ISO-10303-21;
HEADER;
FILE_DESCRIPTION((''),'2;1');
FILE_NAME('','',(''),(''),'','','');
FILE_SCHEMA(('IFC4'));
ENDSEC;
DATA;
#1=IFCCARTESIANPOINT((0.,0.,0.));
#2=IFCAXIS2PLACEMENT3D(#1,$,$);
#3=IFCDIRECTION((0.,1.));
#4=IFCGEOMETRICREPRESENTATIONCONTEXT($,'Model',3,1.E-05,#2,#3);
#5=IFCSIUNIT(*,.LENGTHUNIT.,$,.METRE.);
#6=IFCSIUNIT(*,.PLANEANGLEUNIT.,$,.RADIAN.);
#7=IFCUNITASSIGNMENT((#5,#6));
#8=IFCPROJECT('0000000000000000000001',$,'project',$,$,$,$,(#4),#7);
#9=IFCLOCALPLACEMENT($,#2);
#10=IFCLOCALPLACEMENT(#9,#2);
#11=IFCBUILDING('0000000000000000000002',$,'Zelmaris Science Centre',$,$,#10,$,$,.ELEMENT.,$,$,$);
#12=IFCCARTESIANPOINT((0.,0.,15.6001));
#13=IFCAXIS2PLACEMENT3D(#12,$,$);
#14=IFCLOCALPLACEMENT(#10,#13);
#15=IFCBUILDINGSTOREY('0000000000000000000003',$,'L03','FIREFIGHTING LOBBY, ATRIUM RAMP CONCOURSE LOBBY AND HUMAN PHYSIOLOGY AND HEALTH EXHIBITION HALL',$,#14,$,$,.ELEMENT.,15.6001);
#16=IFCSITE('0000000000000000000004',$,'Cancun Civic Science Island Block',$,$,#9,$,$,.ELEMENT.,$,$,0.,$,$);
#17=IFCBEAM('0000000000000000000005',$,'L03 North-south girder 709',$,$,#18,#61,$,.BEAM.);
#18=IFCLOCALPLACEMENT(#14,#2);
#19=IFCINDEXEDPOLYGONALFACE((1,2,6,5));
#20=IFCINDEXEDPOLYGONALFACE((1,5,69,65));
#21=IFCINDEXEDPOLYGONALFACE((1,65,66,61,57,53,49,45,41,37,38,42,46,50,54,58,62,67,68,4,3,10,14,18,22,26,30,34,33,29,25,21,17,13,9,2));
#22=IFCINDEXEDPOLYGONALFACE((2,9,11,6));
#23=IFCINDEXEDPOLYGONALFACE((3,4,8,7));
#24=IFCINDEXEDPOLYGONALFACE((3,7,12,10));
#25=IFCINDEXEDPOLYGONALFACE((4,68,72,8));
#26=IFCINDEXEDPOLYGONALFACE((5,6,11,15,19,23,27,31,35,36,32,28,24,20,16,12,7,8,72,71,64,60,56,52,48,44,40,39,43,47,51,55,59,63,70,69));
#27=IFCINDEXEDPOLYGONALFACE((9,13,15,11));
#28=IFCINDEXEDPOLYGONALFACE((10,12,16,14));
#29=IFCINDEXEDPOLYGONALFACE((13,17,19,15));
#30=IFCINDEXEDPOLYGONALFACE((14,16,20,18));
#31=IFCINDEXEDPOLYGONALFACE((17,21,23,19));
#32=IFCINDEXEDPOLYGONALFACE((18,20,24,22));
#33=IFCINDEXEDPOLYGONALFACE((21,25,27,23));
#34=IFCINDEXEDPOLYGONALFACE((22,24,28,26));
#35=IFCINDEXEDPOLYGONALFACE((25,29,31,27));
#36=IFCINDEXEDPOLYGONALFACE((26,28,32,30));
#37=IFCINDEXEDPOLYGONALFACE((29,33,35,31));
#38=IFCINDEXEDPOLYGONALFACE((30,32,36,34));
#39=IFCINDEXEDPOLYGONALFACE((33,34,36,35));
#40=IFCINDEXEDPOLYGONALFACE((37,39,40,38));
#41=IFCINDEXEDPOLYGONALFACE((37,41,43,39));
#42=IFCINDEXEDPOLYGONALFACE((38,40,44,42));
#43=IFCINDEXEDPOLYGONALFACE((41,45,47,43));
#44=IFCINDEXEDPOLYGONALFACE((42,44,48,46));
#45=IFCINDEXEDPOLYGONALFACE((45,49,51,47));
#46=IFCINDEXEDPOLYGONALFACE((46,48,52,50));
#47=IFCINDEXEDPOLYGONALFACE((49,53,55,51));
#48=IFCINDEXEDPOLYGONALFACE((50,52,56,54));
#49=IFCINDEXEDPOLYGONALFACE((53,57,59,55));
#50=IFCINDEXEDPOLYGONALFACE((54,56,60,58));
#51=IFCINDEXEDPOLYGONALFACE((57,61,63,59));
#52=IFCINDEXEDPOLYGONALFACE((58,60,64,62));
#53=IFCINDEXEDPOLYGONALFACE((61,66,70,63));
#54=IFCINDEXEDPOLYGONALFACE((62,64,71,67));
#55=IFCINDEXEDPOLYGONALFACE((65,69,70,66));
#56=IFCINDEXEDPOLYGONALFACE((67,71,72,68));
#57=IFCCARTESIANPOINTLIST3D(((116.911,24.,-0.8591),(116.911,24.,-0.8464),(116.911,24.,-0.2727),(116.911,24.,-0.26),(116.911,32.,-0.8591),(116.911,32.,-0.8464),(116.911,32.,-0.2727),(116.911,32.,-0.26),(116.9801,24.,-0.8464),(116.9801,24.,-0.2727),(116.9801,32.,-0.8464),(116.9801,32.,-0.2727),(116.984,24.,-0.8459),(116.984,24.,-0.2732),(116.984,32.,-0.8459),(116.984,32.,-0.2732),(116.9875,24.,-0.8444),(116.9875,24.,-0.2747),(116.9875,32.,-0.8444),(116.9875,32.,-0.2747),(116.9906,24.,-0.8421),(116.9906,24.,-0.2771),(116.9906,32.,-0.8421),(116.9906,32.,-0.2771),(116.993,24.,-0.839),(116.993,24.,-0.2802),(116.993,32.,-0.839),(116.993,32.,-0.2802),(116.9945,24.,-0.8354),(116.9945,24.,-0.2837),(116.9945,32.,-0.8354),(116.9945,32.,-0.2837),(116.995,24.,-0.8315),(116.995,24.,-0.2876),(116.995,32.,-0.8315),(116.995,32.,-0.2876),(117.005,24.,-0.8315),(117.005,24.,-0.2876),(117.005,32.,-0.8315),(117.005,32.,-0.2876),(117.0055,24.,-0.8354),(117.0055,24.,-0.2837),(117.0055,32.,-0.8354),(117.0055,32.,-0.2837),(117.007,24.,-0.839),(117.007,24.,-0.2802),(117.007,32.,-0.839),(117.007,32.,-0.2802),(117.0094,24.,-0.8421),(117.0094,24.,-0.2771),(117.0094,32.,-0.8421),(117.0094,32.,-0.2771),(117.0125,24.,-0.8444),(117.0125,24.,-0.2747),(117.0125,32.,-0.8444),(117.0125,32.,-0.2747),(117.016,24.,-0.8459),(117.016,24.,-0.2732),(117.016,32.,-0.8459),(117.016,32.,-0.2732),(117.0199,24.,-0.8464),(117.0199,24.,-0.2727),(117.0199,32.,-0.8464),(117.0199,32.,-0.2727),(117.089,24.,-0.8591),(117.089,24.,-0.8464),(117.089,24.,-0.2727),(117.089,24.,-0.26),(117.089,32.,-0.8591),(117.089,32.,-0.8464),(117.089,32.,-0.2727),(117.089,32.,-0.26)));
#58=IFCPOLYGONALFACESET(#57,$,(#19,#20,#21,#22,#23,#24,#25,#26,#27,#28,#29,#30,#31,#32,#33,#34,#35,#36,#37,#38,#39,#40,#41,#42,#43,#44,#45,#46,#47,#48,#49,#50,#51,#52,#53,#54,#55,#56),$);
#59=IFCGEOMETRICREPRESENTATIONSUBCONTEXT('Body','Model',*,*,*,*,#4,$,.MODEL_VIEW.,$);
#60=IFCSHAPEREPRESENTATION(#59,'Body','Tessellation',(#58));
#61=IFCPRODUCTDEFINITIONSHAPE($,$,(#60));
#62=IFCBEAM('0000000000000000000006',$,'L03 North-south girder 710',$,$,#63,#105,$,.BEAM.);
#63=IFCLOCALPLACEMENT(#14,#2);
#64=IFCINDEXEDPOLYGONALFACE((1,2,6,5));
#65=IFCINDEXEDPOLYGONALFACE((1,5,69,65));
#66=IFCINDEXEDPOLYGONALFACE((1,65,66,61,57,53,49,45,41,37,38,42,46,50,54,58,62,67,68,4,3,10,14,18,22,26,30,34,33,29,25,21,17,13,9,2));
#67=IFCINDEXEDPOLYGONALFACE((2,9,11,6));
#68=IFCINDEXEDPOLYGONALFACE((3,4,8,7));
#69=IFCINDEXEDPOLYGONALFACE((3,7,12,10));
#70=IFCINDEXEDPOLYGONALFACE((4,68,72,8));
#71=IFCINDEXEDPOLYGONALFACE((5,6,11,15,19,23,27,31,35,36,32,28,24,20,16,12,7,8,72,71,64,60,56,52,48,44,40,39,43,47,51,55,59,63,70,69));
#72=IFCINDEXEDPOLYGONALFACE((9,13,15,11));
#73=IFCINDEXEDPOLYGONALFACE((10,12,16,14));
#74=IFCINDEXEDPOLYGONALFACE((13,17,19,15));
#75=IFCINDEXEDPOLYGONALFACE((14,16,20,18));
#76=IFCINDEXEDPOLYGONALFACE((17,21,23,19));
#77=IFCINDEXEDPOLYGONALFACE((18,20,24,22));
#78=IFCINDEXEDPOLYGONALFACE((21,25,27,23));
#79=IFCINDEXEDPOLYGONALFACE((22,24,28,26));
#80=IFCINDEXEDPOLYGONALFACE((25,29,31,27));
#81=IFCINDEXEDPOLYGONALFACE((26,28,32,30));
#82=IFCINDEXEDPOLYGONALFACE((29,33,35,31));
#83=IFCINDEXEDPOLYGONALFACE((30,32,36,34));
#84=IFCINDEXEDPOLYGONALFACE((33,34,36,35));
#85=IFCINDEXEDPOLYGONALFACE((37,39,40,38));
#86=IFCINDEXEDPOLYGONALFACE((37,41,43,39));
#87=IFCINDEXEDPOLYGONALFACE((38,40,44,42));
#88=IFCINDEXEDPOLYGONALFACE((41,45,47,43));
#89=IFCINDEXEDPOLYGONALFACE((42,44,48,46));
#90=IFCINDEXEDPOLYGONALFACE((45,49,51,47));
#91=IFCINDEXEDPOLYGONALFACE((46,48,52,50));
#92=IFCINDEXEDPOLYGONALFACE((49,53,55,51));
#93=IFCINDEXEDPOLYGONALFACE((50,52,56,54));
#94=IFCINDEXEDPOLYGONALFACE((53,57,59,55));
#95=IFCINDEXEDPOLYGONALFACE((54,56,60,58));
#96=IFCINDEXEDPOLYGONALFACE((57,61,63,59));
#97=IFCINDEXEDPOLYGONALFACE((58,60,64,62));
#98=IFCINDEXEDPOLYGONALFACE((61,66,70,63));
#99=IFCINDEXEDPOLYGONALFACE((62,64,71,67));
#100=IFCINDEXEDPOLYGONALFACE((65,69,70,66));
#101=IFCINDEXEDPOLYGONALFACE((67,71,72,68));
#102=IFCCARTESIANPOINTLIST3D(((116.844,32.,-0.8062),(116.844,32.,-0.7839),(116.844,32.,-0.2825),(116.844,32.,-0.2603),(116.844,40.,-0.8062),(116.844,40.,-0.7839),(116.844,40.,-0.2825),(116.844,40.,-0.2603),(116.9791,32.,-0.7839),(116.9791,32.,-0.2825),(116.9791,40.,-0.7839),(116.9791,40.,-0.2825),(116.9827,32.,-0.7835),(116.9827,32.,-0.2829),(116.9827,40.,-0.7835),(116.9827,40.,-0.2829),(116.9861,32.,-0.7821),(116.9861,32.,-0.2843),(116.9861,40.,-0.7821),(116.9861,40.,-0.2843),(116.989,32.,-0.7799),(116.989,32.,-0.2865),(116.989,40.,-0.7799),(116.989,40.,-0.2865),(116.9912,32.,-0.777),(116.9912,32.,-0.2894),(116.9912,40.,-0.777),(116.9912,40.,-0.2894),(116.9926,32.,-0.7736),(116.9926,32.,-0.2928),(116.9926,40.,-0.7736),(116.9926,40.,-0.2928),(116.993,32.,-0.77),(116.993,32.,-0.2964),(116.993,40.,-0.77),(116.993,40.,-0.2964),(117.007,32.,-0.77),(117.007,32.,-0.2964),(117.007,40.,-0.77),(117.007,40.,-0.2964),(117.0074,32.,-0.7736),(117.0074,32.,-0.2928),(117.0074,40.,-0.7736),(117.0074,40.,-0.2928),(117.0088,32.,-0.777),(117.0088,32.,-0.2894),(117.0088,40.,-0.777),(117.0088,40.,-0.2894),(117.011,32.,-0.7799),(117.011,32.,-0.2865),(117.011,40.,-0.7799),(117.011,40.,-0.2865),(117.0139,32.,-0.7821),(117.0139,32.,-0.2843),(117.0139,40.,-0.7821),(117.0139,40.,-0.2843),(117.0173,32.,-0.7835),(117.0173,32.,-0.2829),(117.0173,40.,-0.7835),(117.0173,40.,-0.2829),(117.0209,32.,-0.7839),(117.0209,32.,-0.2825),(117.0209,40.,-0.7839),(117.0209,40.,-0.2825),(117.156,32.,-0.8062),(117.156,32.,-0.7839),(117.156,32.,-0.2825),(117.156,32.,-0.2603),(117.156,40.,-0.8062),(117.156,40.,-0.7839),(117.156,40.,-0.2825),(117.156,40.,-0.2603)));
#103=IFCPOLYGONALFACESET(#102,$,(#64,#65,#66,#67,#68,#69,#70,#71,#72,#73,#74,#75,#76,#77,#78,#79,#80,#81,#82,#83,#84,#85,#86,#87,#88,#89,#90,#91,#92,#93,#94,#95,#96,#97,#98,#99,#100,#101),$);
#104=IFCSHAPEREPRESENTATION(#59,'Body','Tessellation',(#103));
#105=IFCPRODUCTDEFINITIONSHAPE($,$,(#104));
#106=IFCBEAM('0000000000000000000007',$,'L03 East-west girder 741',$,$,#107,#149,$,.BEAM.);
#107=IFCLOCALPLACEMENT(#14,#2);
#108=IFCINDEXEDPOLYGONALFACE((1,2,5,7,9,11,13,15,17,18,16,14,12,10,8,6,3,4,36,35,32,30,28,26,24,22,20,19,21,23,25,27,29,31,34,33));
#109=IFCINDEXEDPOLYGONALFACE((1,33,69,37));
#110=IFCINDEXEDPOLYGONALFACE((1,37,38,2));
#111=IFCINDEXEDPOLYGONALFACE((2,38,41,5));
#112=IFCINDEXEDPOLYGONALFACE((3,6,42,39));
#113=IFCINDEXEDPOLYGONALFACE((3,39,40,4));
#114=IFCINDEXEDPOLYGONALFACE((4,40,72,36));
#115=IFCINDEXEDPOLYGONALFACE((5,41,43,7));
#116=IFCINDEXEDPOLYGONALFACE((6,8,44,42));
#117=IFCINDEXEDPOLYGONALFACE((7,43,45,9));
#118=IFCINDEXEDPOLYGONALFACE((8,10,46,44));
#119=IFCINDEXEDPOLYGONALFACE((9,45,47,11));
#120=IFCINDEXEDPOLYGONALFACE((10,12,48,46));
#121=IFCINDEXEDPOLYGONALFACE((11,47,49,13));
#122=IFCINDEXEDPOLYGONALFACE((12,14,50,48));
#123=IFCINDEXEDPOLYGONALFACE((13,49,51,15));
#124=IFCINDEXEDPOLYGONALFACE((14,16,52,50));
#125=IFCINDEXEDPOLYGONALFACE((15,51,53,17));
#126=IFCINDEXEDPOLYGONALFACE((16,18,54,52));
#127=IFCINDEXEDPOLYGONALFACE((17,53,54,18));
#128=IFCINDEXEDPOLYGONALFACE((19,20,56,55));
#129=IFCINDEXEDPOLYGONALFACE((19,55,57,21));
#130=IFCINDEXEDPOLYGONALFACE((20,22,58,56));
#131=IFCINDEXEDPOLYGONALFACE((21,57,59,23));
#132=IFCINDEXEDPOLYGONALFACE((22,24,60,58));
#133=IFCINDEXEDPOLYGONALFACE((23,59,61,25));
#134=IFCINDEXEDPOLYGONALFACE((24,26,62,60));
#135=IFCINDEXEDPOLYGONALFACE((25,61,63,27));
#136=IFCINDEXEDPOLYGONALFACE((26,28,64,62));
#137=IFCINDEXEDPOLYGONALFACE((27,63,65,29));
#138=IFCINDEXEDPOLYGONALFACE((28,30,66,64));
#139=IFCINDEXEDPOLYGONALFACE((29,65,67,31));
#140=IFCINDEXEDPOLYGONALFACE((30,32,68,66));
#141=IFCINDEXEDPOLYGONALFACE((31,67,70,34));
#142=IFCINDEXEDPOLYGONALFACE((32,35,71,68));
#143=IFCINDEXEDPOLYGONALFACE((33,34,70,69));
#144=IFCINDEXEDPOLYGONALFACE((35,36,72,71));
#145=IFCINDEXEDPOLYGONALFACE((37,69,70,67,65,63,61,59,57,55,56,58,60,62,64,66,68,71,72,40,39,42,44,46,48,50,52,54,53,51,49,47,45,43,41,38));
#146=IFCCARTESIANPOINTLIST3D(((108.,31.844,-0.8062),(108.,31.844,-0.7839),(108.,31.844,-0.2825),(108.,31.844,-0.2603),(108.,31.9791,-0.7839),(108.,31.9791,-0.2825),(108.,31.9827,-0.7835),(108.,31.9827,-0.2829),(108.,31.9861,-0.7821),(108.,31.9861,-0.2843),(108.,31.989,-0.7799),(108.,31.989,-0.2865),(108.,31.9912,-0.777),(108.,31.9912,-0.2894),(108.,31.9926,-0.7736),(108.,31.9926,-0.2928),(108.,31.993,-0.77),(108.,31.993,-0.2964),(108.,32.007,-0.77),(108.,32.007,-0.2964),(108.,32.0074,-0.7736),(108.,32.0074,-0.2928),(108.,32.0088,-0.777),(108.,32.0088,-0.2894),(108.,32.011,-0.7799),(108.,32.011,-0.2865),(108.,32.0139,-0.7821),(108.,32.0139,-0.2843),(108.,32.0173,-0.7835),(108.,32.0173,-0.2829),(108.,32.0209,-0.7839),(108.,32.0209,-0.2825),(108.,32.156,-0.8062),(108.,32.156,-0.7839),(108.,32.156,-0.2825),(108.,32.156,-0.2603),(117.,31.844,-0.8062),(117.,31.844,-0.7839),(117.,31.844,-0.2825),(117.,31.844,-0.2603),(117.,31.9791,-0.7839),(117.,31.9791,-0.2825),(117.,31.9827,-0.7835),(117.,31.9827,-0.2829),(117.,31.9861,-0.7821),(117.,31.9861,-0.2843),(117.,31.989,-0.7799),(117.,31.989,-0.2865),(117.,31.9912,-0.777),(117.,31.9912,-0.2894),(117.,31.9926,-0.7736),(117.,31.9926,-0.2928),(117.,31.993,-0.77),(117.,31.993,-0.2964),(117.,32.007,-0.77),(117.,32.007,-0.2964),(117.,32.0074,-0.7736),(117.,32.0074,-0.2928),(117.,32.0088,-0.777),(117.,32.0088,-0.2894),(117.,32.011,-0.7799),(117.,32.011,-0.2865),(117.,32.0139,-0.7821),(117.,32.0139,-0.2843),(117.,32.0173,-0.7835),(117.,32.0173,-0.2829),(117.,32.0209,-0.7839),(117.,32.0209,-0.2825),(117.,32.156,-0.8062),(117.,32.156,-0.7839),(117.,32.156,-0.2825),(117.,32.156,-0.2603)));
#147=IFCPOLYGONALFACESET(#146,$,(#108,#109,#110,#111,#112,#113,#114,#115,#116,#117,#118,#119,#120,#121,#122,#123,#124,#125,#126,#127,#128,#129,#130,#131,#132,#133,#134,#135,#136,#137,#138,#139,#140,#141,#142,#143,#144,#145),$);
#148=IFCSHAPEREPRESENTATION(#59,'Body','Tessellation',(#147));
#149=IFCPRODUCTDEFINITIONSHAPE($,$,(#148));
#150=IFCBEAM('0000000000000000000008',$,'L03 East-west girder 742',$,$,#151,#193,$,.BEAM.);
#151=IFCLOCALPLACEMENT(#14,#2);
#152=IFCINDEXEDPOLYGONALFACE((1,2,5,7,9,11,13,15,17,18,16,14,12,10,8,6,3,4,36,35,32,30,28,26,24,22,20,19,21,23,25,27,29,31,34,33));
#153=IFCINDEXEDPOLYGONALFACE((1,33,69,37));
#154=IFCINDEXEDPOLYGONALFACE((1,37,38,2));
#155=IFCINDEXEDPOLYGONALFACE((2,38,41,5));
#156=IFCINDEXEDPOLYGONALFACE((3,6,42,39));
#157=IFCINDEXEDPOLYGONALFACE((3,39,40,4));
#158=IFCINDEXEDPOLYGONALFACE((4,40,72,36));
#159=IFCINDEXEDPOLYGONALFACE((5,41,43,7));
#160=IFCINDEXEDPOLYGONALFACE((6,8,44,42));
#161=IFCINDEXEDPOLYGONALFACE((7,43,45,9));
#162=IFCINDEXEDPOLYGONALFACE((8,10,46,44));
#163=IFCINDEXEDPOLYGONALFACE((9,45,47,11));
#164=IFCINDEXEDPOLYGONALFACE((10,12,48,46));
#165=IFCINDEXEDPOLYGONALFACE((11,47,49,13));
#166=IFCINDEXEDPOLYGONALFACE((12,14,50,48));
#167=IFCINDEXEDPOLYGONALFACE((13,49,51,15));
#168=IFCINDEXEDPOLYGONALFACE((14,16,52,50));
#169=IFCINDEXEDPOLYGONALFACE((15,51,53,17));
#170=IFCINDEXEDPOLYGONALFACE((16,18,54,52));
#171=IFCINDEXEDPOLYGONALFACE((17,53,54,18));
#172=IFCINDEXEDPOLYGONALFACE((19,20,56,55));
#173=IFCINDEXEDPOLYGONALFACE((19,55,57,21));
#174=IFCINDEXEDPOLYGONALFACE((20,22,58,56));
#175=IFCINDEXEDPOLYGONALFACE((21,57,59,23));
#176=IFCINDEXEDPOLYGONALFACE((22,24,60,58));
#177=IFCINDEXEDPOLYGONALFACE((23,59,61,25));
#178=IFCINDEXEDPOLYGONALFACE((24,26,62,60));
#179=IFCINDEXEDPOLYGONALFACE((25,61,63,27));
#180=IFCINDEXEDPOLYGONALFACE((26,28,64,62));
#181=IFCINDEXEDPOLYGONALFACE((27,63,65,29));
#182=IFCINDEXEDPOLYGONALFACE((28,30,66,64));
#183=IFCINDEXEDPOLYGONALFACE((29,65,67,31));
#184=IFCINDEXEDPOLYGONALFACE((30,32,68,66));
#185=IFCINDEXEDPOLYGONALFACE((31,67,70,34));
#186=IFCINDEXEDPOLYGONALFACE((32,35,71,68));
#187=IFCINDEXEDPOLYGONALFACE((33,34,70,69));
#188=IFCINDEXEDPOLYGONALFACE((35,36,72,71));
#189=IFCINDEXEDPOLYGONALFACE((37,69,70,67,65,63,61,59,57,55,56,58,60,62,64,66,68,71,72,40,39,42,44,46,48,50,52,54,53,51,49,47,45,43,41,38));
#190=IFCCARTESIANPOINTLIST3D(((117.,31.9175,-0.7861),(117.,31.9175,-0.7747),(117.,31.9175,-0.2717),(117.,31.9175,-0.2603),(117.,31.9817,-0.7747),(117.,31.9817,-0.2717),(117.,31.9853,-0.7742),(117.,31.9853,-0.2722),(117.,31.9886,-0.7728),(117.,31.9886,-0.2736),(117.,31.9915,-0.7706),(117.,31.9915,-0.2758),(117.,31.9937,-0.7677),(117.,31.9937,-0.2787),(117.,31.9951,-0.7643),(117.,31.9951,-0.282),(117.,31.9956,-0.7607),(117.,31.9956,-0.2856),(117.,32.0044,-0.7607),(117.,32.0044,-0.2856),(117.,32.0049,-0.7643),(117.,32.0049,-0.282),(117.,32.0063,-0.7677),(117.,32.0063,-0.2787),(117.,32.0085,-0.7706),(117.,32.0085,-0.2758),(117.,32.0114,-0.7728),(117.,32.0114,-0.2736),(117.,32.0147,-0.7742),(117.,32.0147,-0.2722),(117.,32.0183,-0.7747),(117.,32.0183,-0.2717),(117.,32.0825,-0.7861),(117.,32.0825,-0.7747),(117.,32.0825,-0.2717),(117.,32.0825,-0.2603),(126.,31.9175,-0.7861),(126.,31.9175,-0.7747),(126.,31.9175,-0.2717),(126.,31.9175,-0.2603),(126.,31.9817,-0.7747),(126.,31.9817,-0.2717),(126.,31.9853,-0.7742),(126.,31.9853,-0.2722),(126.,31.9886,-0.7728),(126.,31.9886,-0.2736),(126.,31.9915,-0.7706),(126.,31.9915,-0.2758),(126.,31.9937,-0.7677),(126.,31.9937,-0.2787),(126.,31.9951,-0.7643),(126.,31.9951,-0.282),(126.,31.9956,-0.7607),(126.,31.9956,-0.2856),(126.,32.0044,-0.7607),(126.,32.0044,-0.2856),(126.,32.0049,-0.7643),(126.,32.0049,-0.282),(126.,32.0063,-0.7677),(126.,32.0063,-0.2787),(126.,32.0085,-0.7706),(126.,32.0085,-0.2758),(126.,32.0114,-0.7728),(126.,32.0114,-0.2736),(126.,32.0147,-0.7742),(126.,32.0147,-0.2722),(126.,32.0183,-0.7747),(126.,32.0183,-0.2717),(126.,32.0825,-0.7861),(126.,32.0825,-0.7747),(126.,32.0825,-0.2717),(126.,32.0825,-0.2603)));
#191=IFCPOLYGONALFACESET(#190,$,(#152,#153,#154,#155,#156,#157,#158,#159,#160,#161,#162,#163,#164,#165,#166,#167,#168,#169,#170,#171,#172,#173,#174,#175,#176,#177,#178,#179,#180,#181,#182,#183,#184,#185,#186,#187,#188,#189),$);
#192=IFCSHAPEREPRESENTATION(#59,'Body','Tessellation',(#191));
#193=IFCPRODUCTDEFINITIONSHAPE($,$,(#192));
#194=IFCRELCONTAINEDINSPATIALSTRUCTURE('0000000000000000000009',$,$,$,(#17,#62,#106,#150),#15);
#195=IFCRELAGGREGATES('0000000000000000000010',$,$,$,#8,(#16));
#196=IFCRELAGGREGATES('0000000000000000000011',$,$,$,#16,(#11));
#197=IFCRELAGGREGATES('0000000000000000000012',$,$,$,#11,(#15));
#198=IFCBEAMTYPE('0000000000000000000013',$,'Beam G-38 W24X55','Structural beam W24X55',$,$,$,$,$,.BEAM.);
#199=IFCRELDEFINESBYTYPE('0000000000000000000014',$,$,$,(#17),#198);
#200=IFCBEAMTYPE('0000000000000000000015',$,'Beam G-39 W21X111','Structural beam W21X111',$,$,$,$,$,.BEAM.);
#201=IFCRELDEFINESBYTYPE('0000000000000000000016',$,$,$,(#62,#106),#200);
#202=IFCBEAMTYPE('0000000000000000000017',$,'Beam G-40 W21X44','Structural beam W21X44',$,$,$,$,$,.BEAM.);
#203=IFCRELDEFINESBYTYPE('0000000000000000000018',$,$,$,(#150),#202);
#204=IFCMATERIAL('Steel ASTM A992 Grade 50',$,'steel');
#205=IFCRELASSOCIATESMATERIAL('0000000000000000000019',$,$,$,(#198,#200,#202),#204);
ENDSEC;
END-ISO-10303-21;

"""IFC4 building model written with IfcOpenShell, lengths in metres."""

from ifc_helpers import new_model, si_unit, direction, frame, origin, origin_2d, place, context, subcontext, project, spatial, i_section, extrude, material, material_profile, profile_set, type_object, element, save


model = new_model("IFC4")

# Units and contexts
model_context = context("Model", 3, precision=1e-05, world=origin(), true_north=direction((0.0, 1.0)))
body_context = subcontext(model_context, "Body", "Model", "MODEL_VIEW")
ifc_project = project(units=[si_unit("LENGTHUNIT", "METRE"), si_unit("PLANEANGLEUNIT", "RADIAN")], contexts=[model_context])

# Site, building, storey
site_placement = place(None, origin())
site = spatial("IfcSite", under=ifc_project, at=site_placement, Name="Cancun Civic Science Island Block", CompositionType="ELEMENT", RefElevation=0.0)
building_placement = place(site_placement, origin())
building = spatial("IfcBuilding", under=site, at=building_placement, Name="Zelmaris Science Centre", CompositionType="ELEMENT")
storey_placement = place(building_placement, frame((0.0, 0.0, 15.6001)))
storey = spatial("IfcBuildingStorey", under=building, at=storey_placement, Name="L03", Description="FIREFIGHTING LOBBY, ATRIUM RAMP CONCOURSE LOBBY AND HUMAN PHYSIOLOGY AND HEALTH EXHIBITION HALL", CompositionType="ELEMENT", Elevation=15.6001)

# Shared definitions
ifc_material_1 = material(Name="Steel ASTM A992 Grade 50", Category="steel")

# Beams
ifc_material_profile_1 = material_profile(ifc_material_1, i_section(OverallWidth=0.178, OverallDepth=0.5991, WebThickness=0.01, FlangeThickness=0.0127, FilletRadius=0.0149, at=origin_2d()), Name="W24X55")
ifc_profile_set_1 = profile_set([ifc_material_profile_1], Name="Steel ASTM A992 Grade 50")
beam_type_1 = type_object("IfcBeamType", Name="Beam G-38 W24X55", Description="Structural beam W24X55", PredefinedType="BEAM", material=ifc_profile_set_1)
beam_1_placement = place(storey_placement, frame((117.0, 24.0, -0.5596), z_axis=(0.0, 1.0, 0.0), x_axis=(-1.0, 0.0, 0.0)))
element("IfcBeam", 1, at=beam_1_placement, inside=storey, type_object=beam_type_1, Name="L03 North-south girder 709", PredefinedType="BEAM", context=body_context, shape_type="SweptSolid", body=[
    extrude(i_section(OverallWidth=0.178, OverallDepth=0.5991, WebThickness=0.01, FlangeThickness=0.0127, FilletRadius=0.0149, at=origin_2d()), origin(), (0.0, 0.0, 1.0), 8.0),
])
ifc_material_profile_2 = material_profile(ifc_material_1, i_section(OverallWidth=0.312, OverallDepth=0.5459, WebThickness=0.0139, FlangeThickness=0.0222, FilletRadius=0.0139, at=origin_2d()), Name="W21X111")
ifc_profile_set_2 = profile_set([ifc_material_profile_2], Name="Steel ASTM A992 Grade 50")
beam_type_2 = type_object("IfcBeamType", Name="Beam G-39 W21X111", Description="Structural beam W21X111", PredefinedType="BEAM", material=ifc_profile_set_2)
beam_2_placement = place(storey_placement, frame((117.0, 32.0, -0.5332), z_axis=(0.0, 1.0, 0.0), x_axis=(-1.0, 0.0, 0.0)))
element("IfcBeam", 2, at=beam_2_placement, inside=storey, type_object=beam_type_2, Name="L03 North-south girder 710", PredefinedType="BEAM", context=body_context, shape_type="SweptSolid", body=[
    extrude(i_section(OverallWidth=0.312, OverallDepth=0.5459, WebThickness=0.0139, FlangeThickness=0.0222, FilletRadius=0.0139, at=origin_2d()), origin(), (0.0, 0.0, 1.0), 8.0),
])
beam_3_placement = place(storey_placement, frame((108.0, 32.0, -0.5332), z_axis=(1.0, 0.0, 0.0), x_axis=(0.0, 1.0, 0.0)))
element("IfcBeam", 3, at=beam_3_placement, inside=storey, type_object=beam_type_2, Name="L03 East-west girder 741", PredefinedType="BEAM", context=body_context, shape_type="SweptSolid", body=[
    extrude(i_section(OverallWidth=0.312, OverallDepth=0.5459, WebThickness=0.0139, FlangeThickness=0.0222, FilletRadius=0.0139, at=origin_2d()), origin(), (0.0, 0.0, 1.0), 9.0),
])
ifc_material_profile_3 = material_profile(ifc_material_1, i_section(OverallWidth=0.165, OverallDepth=0.5259, WebThickness=0.0088, FlangeThickness=0.0115, FilletRadius=0.0139, at=origin_2d()), Name="W21X44")
ifc_profile_set_3 = profile_set([ifc_material_profile_3], Name="Steel ASTM A992 Grade 50")
beam_type_3 = type_object("IfcBeamType", Name="Beam G-40 W21X44", Description="Structural beam W21X44", PredefinedType="BEAM", material=ifc_profile_set_3)
beam_4_placement = place(storey_placement, frame((117.0, 32.0, -0.5232), z_axis=(1.0, 0.0, 0.0), x_axis=(0.0, 1.0, 0.0)))
element("IfcBeam", 4, at=beam_4_placement, inside=storey, type_object=beam_type_3, Name="L03 East-west girder 742", PredefinedType="BEAM", context=body_context, shape_type="SweptSolid", body=[
    extrude(i_section(OverallWidth=0.165, OverallDepth=0.5259, WebThickness=0.0088, FlangeThickness=0.0115, FilletRadius=0.0139, at=origin_2d()), origin(), (0.0, 0.0, 1.0), 9.0),
])

save(model, "model.ifc")
